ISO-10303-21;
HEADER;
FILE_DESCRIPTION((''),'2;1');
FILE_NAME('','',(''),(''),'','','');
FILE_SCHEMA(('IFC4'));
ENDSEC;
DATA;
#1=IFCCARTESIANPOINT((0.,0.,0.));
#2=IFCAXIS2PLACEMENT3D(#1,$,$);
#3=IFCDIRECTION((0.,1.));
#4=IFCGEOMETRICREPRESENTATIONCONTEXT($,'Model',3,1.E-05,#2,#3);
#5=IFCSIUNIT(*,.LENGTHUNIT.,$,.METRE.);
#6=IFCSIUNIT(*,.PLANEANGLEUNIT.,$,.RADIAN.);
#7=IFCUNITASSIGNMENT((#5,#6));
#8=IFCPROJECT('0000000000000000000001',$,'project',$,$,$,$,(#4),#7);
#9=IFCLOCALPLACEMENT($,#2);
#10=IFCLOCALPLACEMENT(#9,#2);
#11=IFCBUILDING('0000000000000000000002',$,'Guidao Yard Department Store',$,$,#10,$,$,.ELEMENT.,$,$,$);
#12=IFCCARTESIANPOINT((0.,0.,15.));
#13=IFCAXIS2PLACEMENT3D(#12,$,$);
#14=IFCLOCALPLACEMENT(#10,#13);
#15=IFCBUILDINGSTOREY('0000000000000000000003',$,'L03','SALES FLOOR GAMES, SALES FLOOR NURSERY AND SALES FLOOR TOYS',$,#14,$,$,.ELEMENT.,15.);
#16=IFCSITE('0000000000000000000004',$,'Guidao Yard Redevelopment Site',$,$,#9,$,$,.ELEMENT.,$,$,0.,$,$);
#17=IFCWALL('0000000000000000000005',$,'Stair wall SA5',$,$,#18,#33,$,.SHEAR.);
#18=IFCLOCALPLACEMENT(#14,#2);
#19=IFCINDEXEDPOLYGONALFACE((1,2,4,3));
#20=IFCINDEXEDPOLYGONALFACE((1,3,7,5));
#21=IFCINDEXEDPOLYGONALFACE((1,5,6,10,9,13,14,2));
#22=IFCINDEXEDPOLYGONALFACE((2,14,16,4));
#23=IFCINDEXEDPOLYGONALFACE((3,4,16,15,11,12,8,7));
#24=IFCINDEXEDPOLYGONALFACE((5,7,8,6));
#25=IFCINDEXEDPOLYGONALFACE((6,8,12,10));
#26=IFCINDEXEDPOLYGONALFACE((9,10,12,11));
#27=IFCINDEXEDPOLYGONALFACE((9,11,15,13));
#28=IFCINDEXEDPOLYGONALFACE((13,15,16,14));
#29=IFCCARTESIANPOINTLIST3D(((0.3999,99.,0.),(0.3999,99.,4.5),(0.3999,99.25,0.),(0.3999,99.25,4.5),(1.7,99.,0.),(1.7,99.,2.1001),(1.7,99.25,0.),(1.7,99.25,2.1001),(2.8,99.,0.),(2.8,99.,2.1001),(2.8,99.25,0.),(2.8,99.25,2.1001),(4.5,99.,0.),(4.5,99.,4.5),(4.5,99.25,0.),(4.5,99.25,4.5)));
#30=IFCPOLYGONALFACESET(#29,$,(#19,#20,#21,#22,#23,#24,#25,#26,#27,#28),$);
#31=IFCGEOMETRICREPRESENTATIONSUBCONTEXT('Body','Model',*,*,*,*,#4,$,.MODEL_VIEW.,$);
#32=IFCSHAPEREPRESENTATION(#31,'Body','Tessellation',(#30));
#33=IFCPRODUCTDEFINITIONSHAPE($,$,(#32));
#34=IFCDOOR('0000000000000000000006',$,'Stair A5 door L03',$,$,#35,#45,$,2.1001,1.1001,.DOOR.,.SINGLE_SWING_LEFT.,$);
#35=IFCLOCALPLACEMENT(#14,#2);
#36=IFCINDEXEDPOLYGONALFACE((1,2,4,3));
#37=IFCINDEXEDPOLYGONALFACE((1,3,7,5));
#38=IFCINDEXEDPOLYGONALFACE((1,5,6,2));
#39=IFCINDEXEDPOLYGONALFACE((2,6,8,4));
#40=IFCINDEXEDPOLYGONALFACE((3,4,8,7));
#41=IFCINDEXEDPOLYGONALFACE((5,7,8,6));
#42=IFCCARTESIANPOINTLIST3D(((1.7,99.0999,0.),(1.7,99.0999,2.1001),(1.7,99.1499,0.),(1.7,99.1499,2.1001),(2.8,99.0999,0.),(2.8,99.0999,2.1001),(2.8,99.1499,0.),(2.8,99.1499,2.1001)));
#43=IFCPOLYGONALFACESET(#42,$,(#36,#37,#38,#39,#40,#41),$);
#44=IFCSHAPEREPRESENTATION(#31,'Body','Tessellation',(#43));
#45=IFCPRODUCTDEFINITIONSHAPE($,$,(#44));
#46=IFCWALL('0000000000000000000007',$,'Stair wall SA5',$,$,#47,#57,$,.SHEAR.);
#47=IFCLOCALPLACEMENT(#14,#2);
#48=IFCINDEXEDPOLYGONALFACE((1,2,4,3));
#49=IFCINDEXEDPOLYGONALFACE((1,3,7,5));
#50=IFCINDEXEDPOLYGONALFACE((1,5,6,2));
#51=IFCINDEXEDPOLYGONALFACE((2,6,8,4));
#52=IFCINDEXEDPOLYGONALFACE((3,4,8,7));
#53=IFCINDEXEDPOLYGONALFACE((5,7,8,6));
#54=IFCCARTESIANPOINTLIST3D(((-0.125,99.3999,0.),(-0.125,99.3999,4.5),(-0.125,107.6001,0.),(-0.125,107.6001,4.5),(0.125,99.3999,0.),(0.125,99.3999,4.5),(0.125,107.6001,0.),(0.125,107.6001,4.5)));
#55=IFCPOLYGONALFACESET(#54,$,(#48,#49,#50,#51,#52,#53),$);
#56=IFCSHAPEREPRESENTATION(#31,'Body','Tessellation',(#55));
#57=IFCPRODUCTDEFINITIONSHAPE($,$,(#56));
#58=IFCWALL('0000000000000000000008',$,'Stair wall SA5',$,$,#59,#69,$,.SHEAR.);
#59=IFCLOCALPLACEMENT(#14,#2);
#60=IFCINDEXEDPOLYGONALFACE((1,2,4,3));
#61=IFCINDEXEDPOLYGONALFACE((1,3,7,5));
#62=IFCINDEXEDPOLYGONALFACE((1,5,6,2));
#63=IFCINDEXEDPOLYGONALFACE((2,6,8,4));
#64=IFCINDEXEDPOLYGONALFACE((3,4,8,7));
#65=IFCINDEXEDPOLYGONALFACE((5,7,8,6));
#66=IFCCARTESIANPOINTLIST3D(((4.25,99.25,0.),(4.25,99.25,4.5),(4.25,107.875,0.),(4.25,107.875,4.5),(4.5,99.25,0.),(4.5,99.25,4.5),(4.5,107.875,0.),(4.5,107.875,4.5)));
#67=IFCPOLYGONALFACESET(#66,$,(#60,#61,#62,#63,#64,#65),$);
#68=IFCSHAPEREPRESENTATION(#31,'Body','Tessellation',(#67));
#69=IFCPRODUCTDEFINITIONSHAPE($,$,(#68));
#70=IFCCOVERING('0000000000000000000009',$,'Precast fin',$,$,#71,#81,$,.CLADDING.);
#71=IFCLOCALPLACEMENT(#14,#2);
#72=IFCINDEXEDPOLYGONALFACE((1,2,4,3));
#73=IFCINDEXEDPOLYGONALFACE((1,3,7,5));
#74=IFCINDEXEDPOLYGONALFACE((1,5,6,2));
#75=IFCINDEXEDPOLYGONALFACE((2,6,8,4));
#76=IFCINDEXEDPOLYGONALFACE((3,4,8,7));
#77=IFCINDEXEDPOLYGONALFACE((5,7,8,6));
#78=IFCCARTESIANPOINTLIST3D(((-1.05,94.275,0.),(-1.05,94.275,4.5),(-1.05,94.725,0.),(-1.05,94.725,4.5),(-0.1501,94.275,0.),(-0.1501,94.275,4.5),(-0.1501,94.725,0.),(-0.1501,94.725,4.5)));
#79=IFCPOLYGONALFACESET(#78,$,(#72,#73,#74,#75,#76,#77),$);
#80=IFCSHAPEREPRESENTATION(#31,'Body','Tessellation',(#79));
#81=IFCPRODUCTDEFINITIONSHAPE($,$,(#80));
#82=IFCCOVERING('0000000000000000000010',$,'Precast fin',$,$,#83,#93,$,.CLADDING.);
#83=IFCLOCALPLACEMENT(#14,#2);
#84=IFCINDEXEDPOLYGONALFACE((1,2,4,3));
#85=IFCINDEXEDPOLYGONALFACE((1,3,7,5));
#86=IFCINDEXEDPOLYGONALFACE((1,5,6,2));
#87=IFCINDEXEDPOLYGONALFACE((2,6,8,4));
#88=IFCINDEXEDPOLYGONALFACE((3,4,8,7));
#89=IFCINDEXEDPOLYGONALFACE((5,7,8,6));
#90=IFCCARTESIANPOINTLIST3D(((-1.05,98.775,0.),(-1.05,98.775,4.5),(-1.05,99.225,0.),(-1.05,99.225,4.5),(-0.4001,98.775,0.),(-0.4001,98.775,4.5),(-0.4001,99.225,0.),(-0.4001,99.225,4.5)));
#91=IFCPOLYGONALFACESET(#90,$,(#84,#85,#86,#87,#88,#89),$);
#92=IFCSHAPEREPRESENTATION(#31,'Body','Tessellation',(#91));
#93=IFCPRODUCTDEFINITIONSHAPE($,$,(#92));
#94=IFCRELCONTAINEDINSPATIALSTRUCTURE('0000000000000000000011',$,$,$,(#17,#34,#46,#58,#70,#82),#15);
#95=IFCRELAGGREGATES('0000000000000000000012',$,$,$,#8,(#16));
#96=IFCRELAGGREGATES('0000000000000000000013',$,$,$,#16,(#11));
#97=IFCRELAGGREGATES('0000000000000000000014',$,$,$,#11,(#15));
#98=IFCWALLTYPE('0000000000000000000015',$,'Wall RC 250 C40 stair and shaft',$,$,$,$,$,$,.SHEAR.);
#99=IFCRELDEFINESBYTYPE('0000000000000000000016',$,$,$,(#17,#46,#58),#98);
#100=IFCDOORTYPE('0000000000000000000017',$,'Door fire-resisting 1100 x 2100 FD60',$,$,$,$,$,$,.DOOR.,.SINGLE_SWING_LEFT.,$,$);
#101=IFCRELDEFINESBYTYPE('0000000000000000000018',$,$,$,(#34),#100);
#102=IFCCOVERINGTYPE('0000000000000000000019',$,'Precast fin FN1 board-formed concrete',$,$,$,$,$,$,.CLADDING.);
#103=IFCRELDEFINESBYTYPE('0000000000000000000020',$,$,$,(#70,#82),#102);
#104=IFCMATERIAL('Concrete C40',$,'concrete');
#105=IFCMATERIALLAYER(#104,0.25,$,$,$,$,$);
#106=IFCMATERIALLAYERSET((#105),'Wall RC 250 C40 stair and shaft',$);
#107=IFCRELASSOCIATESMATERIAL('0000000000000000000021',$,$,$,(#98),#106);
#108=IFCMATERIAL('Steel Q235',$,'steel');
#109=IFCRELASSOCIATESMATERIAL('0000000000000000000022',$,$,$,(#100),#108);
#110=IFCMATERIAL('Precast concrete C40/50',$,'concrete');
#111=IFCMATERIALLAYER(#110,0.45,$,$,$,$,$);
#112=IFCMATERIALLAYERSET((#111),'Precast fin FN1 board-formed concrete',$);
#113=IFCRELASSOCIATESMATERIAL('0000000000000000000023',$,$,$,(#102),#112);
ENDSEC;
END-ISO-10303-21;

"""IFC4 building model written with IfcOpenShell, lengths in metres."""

from ifc_helpers import new_model, si_unit, direction, frame, frame_2d, origin, origin_2d, place, context, subcontext, project, spatial, rectangle, extrude, material, layer, layer_set, type_object, element, fill, save


model = new_model("IFC4")

# Units and contexts
model_context = context("Model", 3, precision=1e-05, world=origin(), true_north=direction((0.0, 1.0)))
body_context = subcontext(model_context, "Body", "Model", "MODEL_VIEW")
ifc_project = project(units=[si_unit("LENGTHUNIT", "METRE"), si_unit("PLANEANGLEUNIT", "RADIAN")], contexts=[model_context])

# Site, building, storey
site_placement = place(None, origin())
site = spatial("IfcSite", under=ifc_project, at=site_placement, Name="Guidao Yard Redevelopment Site", CompositionType="ELEMENT", RefElevation=0.0)
building_placement = place(site_placement, origin())
building = spatial("IfcBuilding", under=site, at=building_placement, Name="Guidao Yard Department Store", CompositionType="ELEMENT")
storey_placement = place(building_placement, frame((0.0, 0.0, 15.0)))
storey = spatial("IfcBuildingStorey", under=building, at=storey_placement, Name="L03", Description="SALES FLOOR GAMES, SALES FLOOR NURSERY AND SALES FLOOR TOYS", CompositionType="ELEMENT", Elevation=15.0)

# Wall, opening, door
ifc_material_1 = material(Name="Concrete C40", Category="concrete")
ifc_layer_1 = layer(ifc_material_1, 0.25)
ifc_layer_set_1 = layer_set([ifc_layer_1], Name="Wall RC 250 C40 stair and shaft")
wall_type_1 = type_object("IfcWallType", Name="Wall RC 250 C40 stair and shaft", PredefinedType="SHEAR", material=ifc_layer_set_1)
wall_1_placement = place(storey_placement, frame((0.3999, 99.125, 0.0), z_axis=(0.0, 0.0, 1.0), x_axis=(1.0, 0.0, 0.0)))
wall_1 = element("IfcWall", 1, at=wall_1_placement, inside=storey, type_object=wall_type_1, Name="Stair wall SA5", PredefinedType="SHEAR", context=body_context, shape_type="SweptSolid", body=[
    extrude(rectangle(XDim=4.1001, YDim=0.25, at=frame_2d((2.05, 0.0))), origin(), (0.0, 0.0, 1.0), 4.5),
])
opening_1_placement = place(wall_1_placement, frame((1.3, 0.0, 0.0)))
opening_1 = element("IfcOpeningElement", 2, at=opening_1_placement, cuts=wall_1, PredefinedType="OPENING", context=body_context, shape_type="SweptSolid", body=[
    extrude(rectangle(XDim=1.1001, YDim=2.1001, at=frame_2d((0.55, 1.05))), frame((0.0, 0.135, 0.0), z_axis=(0.0, -1.0, 0.0), x_axis=(1.0, 0.0, 0.0)), (0.0, 0.0, 1.0), 0.27),
])
ifc_material_2 = material(Name="Steel Q235", Category="steel")
door_type_1 = type_object("IfcDoorType", Name="Door fire-resisting 1100 x 2100 FD60", OperationType="SINGLE_SWING_LEFT", PredefinedType="DOOR", material=ifc_material_2)
door_1_placement = place(opening_1_placement, origin())
door_1 = element("IfcDoor", 3, at=door_1_placement, inside=storey, type_object=door_type_1, Name="Stair A5 door L03", OperationType="SINGLE_SWING_LEFT", OverallHeight=2.1001, OverallWidth=1.1001, PredefinedType="DOOR", context=body_context, shape_type="SweptSolid", body=[
    extrude(rectangle(XDim=1.1001, YDim=2.1001, at=frame_2d((0.55, 1.05))), frame((0.0, 0.0249, 0.0), z_axis=(0.0, -1.0, 0.0), x_axis=(1.0, 0.0, 0.0)), (0.0, 0.0, 1.0), 0.05),
])
fill(opening_1, door_1)

# Walls
wall_2_placement = place(storey_placement, frame((0.0, 99.3999, 0.0), z_axis=(0.0, 0.0, 1.0), x_axis=(0.0, 1.0, 0.0)))
element("IfcWall", 4, at=wall_2_placement, inside=storey, type_object=wall_type_1, Name="Stair wall SA5", PredefinedType="SHEAR", context=body_context, shape_type="SweptSolid", body=[
    extrude(rectangle(XDim=8.2002, YDim=0.25, at=frame_2d((4.1001, 0.0))), origin(), (0.0, 0.0, 1.0), 4.5),
])
wall_3_placement = place(storey_placement, frame((4.375, 99.25, 0.0), z_axis=(0.0, 0.0, 1.0), x_axis=(0.0, 1.0, 0.0)))
element("IfcWall", 5, at=wall_3_placement, inside=storey, type_object=wall_type_1, Name="Stair wall SA5", PredefinedType="SHEAR", context=body_context, shape_type="SweptSolid", body=[
    extrude(rectangle(XDim=8.625, YDim=0.25, at=frame_2d((4.3125, 0.0))), origin(), (0.0, 0.0, 1.0), 4.5),
])

# Coverings
ifc_material_3 = material(Name="Precast concrete C40/50", Category="concrete")
ifc_layer_2 = layer(ifc_material_3, 0.45)
ifc_layer_set_2 = layer_set([ifc_layer_2], Name="Precast fin FN1 board-formed concrete")
covering_type = type_object("IfcCoveringType", Name="Precast fin FN1 board-formed concrete", PredefinedType="CLADDING", material=ifc_layer_set_2)
covering_1_placement = place(storey_placement, frame((-0.6001, 94.5, 0.0), z_axis=(0.0, 0.0, 1.0), x_axis=(0.0, 1.0, 0.0)))
element("IfcCovering", 6, at=covering_1_placement, inside=storey, type_object=covering_type, Name="Precast fin", PredefinedType="CLADDING", context=body_context, shape_type="SweptSolid", body=[
    extrude(rectangle(XDim=0.45, YDim=0.8999, at=origin_2d()), origin(), (0.0, 0.0, 1.0), 4.5),
])
covering_2_placement = place(storey_placement, frame((-0.7251, 99.0, 0.0), z_axis=(0.0, 0.0, 1.0), x_axis=(0.0, 1.0, 0.0)))
element("IfcCovering", 7, at=covering_2_placement, inside=storey, type_object=covering_type, Name="Precast fin", PredefinedType="CLADDING", context=body_context, shape_type="SweptSolid", body=[
    extrude(rectangle(XDim=0.45, YDim=0.6499, at=origin_2d()), origin(), (0.0, 0.0, 1.0), 4.5),
])

save(model, "model.ifc")
